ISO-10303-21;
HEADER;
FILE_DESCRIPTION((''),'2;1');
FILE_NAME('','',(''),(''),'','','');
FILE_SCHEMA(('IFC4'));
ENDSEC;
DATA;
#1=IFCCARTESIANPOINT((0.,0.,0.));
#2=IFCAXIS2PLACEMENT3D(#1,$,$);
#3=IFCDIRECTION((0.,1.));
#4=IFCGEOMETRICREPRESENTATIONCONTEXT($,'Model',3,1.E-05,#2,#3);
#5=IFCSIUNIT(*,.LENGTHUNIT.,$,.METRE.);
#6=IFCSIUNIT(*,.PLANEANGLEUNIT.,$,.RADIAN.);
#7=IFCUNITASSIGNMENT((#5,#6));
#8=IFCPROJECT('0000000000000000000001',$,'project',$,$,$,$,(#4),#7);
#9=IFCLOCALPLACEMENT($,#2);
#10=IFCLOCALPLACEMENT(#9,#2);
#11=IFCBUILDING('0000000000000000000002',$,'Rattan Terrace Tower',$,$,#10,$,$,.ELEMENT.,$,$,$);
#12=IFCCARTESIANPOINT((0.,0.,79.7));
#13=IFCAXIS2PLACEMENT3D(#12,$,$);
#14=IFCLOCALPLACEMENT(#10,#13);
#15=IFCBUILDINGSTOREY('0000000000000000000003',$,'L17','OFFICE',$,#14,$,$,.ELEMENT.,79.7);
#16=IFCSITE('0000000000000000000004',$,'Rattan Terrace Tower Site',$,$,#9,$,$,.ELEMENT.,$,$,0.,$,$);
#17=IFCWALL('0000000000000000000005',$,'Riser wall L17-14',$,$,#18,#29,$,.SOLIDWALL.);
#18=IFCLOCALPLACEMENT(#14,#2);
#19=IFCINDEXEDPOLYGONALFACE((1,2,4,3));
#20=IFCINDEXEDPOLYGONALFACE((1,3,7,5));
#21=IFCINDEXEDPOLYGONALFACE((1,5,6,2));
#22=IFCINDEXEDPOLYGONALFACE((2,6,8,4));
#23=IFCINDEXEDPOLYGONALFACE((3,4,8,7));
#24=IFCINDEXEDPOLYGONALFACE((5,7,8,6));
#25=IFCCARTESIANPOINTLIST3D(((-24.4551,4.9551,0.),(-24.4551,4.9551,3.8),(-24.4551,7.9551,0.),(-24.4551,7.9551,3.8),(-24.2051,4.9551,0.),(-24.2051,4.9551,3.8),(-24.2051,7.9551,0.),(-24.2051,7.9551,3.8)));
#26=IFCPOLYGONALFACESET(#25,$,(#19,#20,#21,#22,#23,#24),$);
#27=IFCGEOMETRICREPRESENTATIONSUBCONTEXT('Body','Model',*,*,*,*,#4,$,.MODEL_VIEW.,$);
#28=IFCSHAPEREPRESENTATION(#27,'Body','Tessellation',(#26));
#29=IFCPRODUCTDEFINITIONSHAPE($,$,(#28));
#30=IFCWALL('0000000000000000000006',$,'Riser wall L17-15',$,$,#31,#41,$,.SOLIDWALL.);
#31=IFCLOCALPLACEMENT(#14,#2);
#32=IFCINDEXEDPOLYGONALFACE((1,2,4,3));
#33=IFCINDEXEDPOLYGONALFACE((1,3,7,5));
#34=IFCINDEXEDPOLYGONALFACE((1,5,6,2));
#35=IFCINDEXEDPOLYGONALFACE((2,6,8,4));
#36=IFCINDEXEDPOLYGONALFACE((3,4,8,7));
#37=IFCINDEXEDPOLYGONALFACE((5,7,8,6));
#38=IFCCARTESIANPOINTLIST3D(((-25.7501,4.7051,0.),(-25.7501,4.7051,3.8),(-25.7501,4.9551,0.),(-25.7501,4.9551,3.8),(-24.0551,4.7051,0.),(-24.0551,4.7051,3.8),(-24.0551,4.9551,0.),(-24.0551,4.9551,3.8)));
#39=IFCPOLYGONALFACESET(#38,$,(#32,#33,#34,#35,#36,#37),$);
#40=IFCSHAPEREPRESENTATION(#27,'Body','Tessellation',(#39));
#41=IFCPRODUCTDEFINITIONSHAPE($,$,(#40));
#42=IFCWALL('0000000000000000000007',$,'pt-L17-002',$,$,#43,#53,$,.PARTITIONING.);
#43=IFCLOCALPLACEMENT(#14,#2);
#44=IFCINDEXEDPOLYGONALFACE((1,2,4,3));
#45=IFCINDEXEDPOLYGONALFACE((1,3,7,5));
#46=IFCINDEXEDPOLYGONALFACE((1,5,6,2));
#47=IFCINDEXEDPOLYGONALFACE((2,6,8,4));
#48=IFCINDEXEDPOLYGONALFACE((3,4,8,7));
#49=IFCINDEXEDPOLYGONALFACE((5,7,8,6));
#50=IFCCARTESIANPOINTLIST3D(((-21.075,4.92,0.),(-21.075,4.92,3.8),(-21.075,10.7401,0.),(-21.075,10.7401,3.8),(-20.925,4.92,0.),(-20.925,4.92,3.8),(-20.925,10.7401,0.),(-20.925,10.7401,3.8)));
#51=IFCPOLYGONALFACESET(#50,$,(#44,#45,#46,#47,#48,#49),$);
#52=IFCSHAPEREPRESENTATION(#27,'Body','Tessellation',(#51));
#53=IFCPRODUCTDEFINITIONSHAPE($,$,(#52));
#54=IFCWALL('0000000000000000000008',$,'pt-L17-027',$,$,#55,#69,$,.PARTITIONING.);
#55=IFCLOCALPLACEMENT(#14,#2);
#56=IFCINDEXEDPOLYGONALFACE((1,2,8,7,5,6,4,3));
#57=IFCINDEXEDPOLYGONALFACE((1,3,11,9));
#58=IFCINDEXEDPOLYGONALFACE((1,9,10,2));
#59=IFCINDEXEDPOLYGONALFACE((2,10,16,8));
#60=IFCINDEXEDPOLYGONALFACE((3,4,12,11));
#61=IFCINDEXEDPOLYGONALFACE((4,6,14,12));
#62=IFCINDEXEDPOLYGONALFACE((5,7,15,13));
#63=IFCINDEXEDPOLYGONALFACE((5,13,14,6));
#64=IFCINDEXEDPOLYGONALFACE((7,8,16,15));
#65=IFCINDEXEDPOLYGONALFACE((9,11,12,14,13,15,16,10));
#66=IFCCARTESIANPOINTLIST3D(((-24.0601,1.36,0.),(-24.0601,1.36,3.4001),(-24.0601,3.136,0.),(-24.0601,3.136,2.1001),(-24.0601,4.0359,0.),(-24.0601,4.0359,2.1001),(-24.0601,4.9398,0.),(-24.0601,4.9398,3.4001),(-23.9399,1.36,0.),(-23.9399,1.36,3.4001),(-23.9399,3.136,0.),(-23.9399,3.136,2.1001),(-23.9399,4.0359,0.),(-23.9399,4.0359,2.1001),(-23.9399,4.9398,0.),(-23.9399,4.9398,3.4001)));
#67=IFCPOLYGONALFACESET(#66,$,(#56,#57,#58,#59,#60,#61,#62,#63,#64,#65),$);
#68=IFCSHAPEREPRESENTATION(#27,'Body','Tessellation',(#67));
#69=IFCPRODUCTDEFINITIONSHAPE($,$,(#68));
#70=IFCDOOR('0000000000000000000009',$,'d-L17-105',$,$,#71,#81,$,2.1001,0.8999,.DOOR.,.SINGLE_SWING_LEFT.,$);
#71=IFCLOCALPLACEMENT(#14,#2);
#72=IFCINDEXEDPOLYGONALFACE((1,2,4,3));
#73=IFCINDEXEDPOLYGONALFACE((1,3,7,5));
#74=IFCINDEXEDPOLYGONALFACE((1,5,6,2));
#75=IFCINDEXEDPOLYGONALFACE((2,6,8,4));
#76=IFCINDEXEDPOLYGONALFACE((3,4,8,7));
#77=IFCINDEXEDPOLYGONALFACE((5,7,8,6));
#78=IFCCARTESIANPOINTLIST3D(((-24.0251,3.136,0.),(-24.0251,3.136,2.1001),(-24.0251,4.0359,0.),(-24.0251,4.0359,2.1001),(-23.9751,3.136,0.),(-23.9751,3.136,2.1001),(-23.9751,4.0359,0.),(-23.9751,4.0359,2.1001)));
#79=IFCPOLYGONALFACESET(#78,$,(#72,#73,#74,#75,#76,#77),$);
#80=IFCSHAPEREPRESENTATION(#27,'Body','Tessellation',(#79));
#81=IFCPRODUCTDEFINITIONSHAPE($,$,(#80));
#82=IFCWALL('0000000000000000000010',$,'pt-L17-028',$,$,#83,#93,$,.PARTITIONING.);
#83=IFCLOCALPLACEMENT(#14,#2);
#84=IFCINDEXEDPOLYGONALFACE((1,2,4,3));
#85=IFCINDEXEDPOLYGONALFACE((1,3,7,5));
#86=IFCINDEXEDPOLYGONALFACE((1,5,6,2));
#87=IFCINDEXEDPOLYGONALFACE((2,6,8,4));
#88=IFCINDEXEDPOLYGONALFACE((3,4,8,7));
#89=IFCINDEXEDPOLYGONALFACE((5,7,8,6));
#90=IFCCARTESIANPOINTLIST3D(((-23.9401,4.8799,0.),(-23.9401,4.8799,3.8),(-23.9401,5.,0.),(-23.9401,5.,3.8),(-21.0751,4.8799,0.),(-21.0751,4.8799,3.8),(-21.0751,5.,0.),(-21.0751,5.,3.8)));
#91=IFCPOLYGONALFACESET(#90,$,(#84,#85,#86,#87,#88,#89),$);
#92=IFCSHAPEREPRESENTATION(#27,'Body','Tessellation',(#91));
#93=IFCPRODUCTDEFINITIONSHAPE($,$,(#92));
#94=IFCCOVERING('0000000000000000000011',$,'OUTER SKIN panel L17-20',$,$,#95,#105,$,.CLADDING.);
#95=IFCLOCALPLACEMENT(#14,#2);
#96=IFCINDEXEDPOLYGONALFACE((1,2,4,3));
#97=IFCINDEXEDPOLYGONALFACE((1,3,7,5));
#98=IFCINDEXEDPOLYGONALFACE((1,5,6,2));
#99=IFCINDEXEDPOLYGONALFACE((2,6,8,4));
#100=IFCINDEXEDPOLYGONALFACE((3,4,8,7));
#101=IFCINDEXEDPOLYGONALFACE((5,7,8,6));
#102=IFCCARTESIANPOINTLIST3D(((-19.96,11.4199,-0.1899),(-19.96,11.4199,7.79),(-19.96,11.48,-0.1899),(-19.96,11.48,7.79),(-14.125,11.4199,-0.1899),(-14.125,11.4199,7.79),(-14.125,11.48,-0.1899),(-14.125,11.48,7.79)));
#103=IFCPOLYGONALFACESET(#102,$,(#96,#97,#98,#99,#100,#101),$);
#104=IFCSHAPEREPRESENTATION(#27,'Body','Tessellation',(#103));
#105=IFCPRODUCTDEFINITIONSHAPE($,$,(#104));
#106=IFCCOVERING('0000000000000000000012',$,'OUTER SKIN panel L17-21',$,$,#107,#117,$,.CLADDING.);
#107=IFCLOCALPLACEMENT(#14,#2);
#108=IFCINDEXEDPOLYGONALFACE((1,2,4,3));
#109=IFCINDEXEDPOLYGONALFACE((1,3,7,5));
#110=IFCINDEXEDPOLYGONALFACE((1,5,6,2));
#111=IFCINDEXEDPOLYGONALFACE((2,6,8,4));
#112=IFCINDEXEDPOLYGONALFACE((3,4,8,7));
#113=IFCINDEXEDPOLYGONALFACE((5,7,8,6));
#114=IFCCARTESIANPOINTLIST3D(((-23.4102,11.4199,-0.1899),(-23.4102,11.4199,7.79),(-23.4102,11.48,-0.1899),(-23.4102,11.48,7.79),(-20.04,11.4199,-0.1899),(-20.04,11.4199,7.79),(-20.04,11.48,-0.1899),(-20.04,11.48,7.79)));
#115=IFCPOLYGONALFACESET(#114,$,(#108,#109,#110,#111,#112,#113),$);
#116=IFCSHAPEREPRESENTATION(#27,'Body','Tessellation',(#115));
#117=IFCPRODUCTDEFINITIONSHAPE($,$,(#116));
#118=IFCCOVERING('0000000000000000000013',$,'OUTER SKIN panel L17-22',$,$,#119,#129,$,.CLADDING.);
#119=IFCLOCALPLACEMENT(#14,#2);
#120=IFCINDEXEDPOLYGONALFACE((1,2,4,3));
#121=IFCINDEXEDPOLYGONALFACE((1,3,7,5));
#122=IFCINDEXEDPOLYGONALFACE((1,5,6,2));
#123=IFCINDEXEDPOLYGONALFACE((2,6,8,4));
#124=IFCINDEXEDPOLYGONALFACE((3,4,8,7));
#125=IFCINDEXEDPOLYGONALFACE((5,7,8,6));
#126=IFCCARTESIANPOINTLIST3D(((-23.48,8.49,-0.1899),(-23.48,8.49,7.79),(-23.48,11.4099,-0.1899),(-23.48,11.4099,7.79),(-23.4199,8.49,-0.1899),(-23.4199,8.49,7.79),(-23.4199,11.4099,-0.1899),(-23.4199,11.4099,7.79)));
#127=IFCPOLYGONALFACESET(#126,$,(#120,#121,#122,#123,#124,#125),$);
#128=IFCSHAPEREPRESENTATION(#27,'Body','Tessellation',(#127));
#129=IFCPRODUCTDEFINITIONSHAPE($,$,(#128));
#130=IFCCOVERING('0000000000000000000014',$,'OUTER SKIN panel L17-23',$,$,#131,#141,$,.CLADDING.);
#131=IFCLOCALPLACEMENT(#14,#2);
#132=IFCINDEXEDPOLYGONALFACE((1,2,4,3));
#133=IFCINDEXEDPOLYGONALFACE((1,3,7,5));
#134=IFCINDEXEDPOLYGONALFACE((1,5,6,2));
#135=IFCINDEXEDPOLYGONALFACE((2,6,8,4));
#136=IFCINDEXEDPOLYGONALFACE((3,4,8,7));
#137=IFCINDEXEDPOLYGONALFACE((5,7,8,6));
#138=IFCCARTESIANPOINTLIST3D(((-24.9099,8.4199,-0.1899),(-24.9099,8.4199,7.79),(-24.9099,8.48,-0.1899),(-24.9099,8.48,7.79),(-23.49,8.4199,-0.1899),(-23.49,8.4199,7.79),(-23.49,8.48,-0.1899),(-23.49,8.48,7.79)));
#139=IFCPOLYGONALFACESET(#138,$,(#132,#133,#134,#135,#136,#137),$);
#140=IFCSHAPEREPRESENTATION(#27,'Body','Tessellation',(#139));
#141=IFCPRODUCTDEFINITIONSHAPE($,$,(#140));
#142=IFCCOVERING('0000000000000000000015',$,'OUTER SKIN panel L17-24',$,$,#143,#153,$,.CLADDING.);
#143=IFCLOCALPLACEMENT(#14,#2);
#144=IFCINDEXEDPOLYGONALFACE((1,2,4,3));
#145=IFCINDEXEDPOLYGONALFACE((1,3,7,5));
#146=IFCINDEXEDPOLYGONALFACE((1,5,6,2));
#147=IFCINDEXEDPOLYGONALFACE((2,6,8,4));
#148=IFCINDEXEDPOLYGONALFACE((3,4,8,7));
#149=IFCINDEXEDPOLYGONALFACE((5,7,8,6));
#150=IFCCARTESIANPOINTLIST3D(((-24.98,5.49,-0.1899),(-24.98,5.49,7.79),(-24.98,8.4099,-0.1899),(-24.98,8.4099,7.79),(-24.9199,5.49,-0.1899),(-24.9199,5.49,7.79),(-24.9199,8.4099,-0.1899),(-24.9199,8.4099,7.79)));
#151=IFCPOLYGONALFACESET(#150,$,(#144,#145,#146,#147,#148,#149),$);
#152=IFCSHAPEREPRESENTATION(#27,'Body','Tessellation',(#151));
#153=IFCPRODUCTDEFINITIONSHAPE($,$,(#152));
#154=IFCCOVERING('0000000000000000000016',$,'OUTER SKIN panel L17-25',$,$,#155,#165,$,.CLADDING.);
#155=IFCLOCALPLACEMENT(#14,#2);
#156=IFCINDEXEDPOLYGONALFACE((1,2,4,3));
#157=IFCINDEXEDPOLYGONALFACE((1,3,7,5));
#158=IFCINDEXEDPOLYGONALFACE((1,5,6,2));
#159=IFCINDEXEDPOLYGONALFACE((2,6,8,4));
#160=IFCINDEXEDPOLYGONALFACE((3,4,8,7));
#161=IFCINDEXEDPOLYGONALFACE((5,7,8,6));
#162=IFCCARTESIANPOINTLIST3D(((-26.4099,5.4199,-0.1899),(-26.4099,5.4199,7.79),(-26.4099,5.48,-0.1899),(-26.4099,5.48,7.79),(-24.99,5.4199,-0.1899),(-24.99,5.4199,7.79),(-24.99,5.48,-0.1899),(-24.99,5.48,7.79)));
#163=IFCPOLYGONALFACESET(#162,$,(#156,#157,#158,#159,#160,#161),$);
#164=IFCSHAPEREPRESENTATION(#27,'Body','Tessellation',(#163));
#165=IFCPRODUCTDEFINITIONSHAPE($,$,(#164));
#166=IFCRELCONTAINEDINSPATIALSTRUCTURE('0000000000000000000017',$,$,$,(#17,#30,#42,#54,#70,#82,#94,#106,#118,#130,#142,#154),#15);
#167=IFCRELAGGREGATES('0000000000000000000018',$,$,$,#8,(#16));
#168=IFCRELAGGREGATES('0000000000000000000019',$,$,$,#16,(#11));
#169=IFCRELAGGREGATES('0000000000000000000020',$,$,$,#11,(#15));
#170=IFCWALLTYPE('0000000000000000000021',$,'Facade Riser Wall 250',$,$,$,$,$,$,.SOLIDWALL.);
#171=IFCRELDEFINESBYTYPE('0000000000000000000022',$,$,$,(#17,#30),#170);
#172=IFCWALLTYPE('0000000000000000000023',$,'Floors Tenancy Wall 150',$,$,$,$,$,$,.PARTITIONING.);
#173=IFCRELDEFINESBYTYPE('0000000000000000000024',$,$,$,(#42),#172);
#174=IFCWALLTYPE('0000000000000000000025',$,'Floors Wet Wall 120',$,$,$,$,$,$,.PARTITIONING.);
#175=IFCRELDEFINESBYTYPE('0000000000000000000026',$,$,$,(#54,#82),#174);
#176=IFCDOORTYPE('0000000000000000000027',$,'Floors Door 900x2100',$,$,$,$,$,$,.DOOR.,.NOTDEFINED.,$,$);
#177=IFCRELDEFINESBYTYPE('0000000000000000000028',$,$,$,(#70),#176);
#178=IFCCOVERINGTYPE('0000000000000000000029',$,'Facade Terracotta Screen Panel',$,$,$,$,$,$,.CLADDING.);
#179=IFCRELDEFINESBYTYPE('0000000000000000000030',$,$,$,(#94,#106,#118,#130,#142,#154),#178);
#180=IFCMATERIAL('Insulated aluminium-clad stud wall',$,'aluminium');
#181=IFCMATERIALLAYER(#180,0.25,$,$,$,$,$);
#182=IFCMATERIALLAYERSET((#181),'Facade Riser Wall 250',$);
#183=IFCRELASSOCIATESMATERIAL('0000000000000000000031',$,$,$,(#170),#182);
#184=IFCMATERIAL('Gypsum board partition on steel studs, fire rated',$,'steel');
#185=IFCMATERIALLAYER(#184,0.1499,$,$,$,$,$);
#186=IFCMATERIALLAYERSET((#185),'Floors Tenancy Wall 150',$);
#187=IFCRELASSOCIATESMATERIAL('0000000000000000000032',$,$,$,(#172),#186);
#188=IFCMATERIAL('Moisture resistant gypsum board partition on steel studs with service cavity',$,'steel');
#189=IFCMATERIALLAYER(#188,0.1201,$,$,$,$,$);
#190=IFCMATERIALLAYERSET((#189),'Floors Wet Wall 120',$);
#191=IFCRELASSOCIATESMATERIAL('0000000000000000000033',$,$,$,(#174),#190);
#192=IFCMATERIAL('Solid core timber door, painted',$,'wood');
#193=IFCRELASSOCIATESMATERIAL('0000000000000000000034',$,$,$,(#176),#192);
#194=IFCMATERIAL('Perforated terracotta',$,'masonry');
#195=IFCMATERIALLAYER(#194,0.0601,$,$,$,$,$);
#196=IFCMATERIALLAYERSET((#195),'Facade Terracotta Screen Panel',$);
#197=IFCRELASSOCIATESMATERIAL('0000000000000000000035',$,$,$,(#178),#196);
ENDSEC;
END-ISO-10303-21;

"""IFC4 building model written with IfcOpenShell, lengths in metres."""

from ifc_helpers import new_model, si_unit, direction, frame, frame_2d, origin, origin_2d, place, context, subcontext, project, spatial, rectangle, extrude, material, layer, layer_set, type_object, element, fill, save


model = new_model("IFC4")

# Units and contexts
model_context = context("Model", 3, precision=1e-05, world=origin(), true_north=direction((0.0, 1.0)))
body_context = subcontext(model_context, "Body", "Model", "MODEL_VIEW")
ifc_project = project(units=[si_unit("LENGTHUNIT", "METRE"), si_unit("PLANEANGLEUNIT", "RADIAN")], contexts=[model_context])

# Site, building, storey
site_placement = place(None, origin())
site = spatial("IfcSite", under=ifc_project, at=site_placement, Name="Rattan Terrace Tower Site", CompositionType="ELEMENT", RefElevation=0.0)
building_placement = place(site_placement, origin())
building = spatial("IfcBuilding", under=site, at=building_placement, Name="Rattan Terrace Tower", CompositionType="ELEMENT")
storey_placement = place(building_placement, frame((0.0, 0.0, 79.7)))
storey = spatial("IfcBuildingStorey", under=building, at=storey_placement, Name="L17", Description="OFFICE", CompositionType="ELEMENT", Elevation=79.7)

# Walls
ifc_material_1 = material(Name="Insulated aluminium-clad stud wall", Category="aluminium")
ifc_layer_1 = layer(ifc_material_1, 0.25)
ifc_layer_set_1 = layer_set([ifc_layer_1], Name="Facade Riser Wall 250")
wall_type_1 = type_object("IfcWallType", Name="Facade Riser Wall 250", PredefinedType="SOLIDWALL", material=ifc_layer_set_1)
wall_1_placement = place(storey_placement, frame((-24.3301, 7.9551, 0.0), z_axis=(0.0, 0.0, 1.0), x_axis=(0.0, -1.0, 0.0)))
element("IfcWall", 1, at=wall_1_placement, inside=storey, type_object=wall_type_1, Name="Riser wall L17-14", PredefinedType="SOLIDWALL", context=body_context, shape_type="SweptSolid", body=[
    extrude(rectangle(XDim=3.0, YDim=0.25, at=frame_2d((1.5, 0.0))), origin(), (0.0, 0.0, 1.0), 3.8),
])
wall_2_placement = place(storey_placement, frame((-24.0549, 4.8301, 0.0), z_axis=(0.0, 0.0, 1.0), x_axis=(-1.0, 0.0, 0.0)))
element("IfcWall", 2, at=wall_2_placement, inside=storey, type_object=wall_type_1, Name="Riser wall L17-15", PredefinedType="SOLIDWALL", context=body_context, shape_type="SweptSolid", body=[
    extrude(rectangle(XDim=1.6951, YDim=0.25, at=frame_2d((0.8477, 0.0))), origin(), (0.0, 0.0, 1.0), 3.8),
])
ifc_material_2 = material(Name="Gypsum board partition on steel studs, fire rated", Category="steel")
ifc_layer_2 = layer(ifc_material_2, 0.1499)
ifc_layer_set_2 = layer_set([ifc_layer_2], Name="Floors Tenancy Wall 150")
wall_type_2 = type_object("IfcWallType", Name="Floors Tenancy Wall 150", PredefinedType="PARTITIONING", material=ifc_layer_set_2)
wall_3_placement = place(storey_placement, frame((-21.0, 4.9199, 0.0), z_axis=(0.0, 0.0, 1.0), x_axis=(0.0, 1.0, 0.0)))
element("IfcWall", 3, at=wall_3_placement, inside=storey, type_object=wall_type_2, Name="pt-L17-002", PredefinedType="PARTITIONING", context=body_context, shape_type="SweptSolid", body=[
    extrude(rectangle(XDim=5.8201, YDim=0.1499, at=frame_2d((2.9102, 0.0))), origin(), (0.0, 0.0, 1.0), 3.8),
])

# Wall, opening, door
ifc_material_3 = material(Name="Moisture resistant gypsum board partition on steel studs with service cavity", Category="steel")
ifc_layer_3 = layer(ifc_material_3, 0.1201)
ifc_layer_set_3 = layer_set([ifc_layer_3], Name="Floors Wet Wall 120")
wall_type_3 = type_object("IfcWallType", Name="Floors Wet Wall 120", PredefinedType="PARTITIONING", material=ifc_layer_set_3)
wall_4_placement = place(storey_placement, frame((-24.0, 4.9399, 0.0), z_axis=(0.0, 0.0, 1.0), x_axis=(0.0, -1.0, 0.0)))
wall_4 = element("IfcWall", 4, at=wall_4_placement, inside=storey, type_object=wall_type_3, Name="pt-L17-027", PredefinedType="PARTITIONING", context=body_context, shape_type="SweptSolid", body=[
    extrude(rectangle(XDim=3.5798, YDim=0.1201, at=frame_2d((1.79, 0.0))), origin(), (0.0, 0.0, 1.0), 3.4001),
])
opening_placement = place(wall_4_placement, frame((0.9041, 0.0, 0.0)))
opening = element("IfcOpeningElement", 5, at=opening_placement, cuts=wall_4, PredefinedType="OPENING", context=body_context, shape_type="SweptSolid", body=[
    extrude(rectangle(XDim=0.8999, YDim=2.1001, at=frame_2d((0.45, 1.05))), frame((0.0, 0.0706, 0.0), z_axis=(0.0, -1.0, 0.0), x_axis=(1.0, 0.0, 0.0)), (0.0, 0.0, 1.0), 0.1411),
])
ifc_material_4 = material(Name="Solid core timber door, painted", Category="wood")
door_type = type_object("IfcDoorType", Name="Floors Door 900x2100", OperationType="NOTDEFINED", PredefinedType="DOOR", material=ifc_material_4)
door_placement = place(opening_placement, origin())
door = element("IfcDoor", 6, at=door_placement, inside=storey, type_object=door_type, Name="d-L17-105", OperationType="SINGLE_SWING_LEFT", OverallHeight=2.1001, OverallWidth=0.8999, PredefinedType="DOOR", context=body_context, shape_type="SweptSolid", body=[
    extrude(rectangle(XDim=0.8999, YDim=2.1001, at=frame_2d((0.45, 1.05))), frame((0.0, 0.0249, 0.0), z_axis=(0.0, -1.0, 0.0), x_axis=(1.0, 0.0, 0.0)), (0.0, 0.0, 1.0), 0.05),
])
fill(opening, door)

# Wall
wall_5_placement = place(storey_placement, frame((-21.075, 4.9399, 0.0), z_axis=(0.0, 0.0, 1.0), x_axis=(-1.0, 0.0, 0.0)))
element("IfcWall", 7, at=wall_5_placement, inside=storey, type_object=wall_type_3, Name="pt-L17-028", PredefinedType="PARTITIONING", context=body_context, shape_type="SweptSolid", body=[
    extrude(rectangle(XDim=2.865, YDim=0.1201, at=frame_2d((1.4326, 0.0))), origin(), (0.0, 0.0, 1.0), 3.8),
])

# Coverings
ifc_material_5 = material(Name="Perforated terracotta", Category="masonry")
ifc_layer_4 = layer(ifc_material_5, 0.0601)
ifc_layer_set_4 = layer_set([ifc_layer_4], Name="Facade Terracotta Screen Panel")
covering_type = type_object("IfcCoveringType", Name="Facade Terracotta Screen Panel", PredefinedType="CLADDING", material=ifc_layer_set_4)
covering_1_placement = place(storey_placement, frame((-17.0425, 11.45, -0.1899), z_axis=(0.0, 0.0, 1.0), x_axis=(-1.0, 0.0, 0.0)))
element("IfcCovering", 8, at=covering_1_placement, inside=storey, type_object=covering_type, Name="OUTER SKIN panel L17-20", PredefinedType="CLADDING", context=body_context, shape_type="SweptSolid", body=[
    extrude(rectangle(XDim=5.835, YDim=0.0601, at=origin_2d()), origin(), (0.0, 0.0, 1.0), 7.98),
])
covering_2_placement = place(storey_placement, frame((-21.7251, 11.45, -0.1899), z_axis=(0.0, 0.0, 1.0), x_axis=(-1.0, 0.0, 0.0)))
element("IfcCovering", 9, at=covering_2_placement, inside=storey, type_object=covering_type, Name="OUTER SKIN panel L17-21", PredefinedType="CLADDING", context=body_context, shape_type="SweptSolid", body=[
    extrude(rectangle(XDim=3.3701, YDim=0.0601, at=origin_2d()), origin(), (0.0, 0.0, 1.0), 7.98),
])
covering_3_placement = place(storey_placement, frame((-23.45, 9.95, -0.1899), z_axis=(0.0, 0.0, 1.0), x_axis=(0.0, -1.0, 0.0)))
element("IfcCovering", 10, at=covering_3_placement, inside=storey, type_object=covering_type, Name="OUTER SKIN panel L17-22", PredefinedType="CLADDING", context=body_context, shape_type="SweptSolid", body=[
    extrude(rectangle(XDim=2.9199, YDim=0.0601, at=origin_2d()), origin(), (0.0, 0.0, 1.0), 7.98),
])
covering_4_placement = place(storey_placement, frame((-24.2, 8.45, -0.1899), z_axis=(0.0, 0.0, 1.0), x_axis=(-1.0, 0.0, 0.0)))
element("IfcCovering", 11, at=covering_4_placement, inside=storey, type_object=covering_type, Name="OUTER SKIN panel L17-23", PredefinedType="CLADDING", context=body_context, shape_type="SweptSolid", body=[
    extrude(rectangle(XDim=1.4199, YDim=0.0601, at=origin_2d()), origin(), (0.0, 0.0, 1.0), 7.98),
])
covering_5_placement = place(storey_placement, frame((-24.95, 6.95, -0.1899), z_axis=(0.0, 0.0, 1.0), x_axis=(0.0, -1.0, 0.0)))
element("IfcCovering", 12, at=covering_5_placement, inside=storey, type_object=covering_type, Name="OUTER SKIN panel L17-24", PredefinedType="CLADDING", context=body_context, shape_type="SweptSolid", body=[
    extrude(rectangle(XDim=2.9199, YDim=0.0601, at=origin_2d()), origin(), (0.0, 0.0, 1.0), 7.98),
])
covering_6_placement = place(storey_placement, frame((-25.7, 5.45, -0.1899), z_axis=(0.0, 0.0, 1.0), x_axis=(-1.0, 0.0, 0.0)))
element("IfcCovering", 13, at=covering_6_placement, inside=storey, type_object=covering_type, Name="OUTER SKIN panel L17-25", PredefinedType="CLADDING", context=body_context, shape_type="SweptSolid", body=[
    extrude(rectangle(XDim=1.4199, YDim=0.0601, at=origin_2d()), origin(), (0.0, 0.0, 1.0), 7.98),
])

save(model, "model.ifc")
